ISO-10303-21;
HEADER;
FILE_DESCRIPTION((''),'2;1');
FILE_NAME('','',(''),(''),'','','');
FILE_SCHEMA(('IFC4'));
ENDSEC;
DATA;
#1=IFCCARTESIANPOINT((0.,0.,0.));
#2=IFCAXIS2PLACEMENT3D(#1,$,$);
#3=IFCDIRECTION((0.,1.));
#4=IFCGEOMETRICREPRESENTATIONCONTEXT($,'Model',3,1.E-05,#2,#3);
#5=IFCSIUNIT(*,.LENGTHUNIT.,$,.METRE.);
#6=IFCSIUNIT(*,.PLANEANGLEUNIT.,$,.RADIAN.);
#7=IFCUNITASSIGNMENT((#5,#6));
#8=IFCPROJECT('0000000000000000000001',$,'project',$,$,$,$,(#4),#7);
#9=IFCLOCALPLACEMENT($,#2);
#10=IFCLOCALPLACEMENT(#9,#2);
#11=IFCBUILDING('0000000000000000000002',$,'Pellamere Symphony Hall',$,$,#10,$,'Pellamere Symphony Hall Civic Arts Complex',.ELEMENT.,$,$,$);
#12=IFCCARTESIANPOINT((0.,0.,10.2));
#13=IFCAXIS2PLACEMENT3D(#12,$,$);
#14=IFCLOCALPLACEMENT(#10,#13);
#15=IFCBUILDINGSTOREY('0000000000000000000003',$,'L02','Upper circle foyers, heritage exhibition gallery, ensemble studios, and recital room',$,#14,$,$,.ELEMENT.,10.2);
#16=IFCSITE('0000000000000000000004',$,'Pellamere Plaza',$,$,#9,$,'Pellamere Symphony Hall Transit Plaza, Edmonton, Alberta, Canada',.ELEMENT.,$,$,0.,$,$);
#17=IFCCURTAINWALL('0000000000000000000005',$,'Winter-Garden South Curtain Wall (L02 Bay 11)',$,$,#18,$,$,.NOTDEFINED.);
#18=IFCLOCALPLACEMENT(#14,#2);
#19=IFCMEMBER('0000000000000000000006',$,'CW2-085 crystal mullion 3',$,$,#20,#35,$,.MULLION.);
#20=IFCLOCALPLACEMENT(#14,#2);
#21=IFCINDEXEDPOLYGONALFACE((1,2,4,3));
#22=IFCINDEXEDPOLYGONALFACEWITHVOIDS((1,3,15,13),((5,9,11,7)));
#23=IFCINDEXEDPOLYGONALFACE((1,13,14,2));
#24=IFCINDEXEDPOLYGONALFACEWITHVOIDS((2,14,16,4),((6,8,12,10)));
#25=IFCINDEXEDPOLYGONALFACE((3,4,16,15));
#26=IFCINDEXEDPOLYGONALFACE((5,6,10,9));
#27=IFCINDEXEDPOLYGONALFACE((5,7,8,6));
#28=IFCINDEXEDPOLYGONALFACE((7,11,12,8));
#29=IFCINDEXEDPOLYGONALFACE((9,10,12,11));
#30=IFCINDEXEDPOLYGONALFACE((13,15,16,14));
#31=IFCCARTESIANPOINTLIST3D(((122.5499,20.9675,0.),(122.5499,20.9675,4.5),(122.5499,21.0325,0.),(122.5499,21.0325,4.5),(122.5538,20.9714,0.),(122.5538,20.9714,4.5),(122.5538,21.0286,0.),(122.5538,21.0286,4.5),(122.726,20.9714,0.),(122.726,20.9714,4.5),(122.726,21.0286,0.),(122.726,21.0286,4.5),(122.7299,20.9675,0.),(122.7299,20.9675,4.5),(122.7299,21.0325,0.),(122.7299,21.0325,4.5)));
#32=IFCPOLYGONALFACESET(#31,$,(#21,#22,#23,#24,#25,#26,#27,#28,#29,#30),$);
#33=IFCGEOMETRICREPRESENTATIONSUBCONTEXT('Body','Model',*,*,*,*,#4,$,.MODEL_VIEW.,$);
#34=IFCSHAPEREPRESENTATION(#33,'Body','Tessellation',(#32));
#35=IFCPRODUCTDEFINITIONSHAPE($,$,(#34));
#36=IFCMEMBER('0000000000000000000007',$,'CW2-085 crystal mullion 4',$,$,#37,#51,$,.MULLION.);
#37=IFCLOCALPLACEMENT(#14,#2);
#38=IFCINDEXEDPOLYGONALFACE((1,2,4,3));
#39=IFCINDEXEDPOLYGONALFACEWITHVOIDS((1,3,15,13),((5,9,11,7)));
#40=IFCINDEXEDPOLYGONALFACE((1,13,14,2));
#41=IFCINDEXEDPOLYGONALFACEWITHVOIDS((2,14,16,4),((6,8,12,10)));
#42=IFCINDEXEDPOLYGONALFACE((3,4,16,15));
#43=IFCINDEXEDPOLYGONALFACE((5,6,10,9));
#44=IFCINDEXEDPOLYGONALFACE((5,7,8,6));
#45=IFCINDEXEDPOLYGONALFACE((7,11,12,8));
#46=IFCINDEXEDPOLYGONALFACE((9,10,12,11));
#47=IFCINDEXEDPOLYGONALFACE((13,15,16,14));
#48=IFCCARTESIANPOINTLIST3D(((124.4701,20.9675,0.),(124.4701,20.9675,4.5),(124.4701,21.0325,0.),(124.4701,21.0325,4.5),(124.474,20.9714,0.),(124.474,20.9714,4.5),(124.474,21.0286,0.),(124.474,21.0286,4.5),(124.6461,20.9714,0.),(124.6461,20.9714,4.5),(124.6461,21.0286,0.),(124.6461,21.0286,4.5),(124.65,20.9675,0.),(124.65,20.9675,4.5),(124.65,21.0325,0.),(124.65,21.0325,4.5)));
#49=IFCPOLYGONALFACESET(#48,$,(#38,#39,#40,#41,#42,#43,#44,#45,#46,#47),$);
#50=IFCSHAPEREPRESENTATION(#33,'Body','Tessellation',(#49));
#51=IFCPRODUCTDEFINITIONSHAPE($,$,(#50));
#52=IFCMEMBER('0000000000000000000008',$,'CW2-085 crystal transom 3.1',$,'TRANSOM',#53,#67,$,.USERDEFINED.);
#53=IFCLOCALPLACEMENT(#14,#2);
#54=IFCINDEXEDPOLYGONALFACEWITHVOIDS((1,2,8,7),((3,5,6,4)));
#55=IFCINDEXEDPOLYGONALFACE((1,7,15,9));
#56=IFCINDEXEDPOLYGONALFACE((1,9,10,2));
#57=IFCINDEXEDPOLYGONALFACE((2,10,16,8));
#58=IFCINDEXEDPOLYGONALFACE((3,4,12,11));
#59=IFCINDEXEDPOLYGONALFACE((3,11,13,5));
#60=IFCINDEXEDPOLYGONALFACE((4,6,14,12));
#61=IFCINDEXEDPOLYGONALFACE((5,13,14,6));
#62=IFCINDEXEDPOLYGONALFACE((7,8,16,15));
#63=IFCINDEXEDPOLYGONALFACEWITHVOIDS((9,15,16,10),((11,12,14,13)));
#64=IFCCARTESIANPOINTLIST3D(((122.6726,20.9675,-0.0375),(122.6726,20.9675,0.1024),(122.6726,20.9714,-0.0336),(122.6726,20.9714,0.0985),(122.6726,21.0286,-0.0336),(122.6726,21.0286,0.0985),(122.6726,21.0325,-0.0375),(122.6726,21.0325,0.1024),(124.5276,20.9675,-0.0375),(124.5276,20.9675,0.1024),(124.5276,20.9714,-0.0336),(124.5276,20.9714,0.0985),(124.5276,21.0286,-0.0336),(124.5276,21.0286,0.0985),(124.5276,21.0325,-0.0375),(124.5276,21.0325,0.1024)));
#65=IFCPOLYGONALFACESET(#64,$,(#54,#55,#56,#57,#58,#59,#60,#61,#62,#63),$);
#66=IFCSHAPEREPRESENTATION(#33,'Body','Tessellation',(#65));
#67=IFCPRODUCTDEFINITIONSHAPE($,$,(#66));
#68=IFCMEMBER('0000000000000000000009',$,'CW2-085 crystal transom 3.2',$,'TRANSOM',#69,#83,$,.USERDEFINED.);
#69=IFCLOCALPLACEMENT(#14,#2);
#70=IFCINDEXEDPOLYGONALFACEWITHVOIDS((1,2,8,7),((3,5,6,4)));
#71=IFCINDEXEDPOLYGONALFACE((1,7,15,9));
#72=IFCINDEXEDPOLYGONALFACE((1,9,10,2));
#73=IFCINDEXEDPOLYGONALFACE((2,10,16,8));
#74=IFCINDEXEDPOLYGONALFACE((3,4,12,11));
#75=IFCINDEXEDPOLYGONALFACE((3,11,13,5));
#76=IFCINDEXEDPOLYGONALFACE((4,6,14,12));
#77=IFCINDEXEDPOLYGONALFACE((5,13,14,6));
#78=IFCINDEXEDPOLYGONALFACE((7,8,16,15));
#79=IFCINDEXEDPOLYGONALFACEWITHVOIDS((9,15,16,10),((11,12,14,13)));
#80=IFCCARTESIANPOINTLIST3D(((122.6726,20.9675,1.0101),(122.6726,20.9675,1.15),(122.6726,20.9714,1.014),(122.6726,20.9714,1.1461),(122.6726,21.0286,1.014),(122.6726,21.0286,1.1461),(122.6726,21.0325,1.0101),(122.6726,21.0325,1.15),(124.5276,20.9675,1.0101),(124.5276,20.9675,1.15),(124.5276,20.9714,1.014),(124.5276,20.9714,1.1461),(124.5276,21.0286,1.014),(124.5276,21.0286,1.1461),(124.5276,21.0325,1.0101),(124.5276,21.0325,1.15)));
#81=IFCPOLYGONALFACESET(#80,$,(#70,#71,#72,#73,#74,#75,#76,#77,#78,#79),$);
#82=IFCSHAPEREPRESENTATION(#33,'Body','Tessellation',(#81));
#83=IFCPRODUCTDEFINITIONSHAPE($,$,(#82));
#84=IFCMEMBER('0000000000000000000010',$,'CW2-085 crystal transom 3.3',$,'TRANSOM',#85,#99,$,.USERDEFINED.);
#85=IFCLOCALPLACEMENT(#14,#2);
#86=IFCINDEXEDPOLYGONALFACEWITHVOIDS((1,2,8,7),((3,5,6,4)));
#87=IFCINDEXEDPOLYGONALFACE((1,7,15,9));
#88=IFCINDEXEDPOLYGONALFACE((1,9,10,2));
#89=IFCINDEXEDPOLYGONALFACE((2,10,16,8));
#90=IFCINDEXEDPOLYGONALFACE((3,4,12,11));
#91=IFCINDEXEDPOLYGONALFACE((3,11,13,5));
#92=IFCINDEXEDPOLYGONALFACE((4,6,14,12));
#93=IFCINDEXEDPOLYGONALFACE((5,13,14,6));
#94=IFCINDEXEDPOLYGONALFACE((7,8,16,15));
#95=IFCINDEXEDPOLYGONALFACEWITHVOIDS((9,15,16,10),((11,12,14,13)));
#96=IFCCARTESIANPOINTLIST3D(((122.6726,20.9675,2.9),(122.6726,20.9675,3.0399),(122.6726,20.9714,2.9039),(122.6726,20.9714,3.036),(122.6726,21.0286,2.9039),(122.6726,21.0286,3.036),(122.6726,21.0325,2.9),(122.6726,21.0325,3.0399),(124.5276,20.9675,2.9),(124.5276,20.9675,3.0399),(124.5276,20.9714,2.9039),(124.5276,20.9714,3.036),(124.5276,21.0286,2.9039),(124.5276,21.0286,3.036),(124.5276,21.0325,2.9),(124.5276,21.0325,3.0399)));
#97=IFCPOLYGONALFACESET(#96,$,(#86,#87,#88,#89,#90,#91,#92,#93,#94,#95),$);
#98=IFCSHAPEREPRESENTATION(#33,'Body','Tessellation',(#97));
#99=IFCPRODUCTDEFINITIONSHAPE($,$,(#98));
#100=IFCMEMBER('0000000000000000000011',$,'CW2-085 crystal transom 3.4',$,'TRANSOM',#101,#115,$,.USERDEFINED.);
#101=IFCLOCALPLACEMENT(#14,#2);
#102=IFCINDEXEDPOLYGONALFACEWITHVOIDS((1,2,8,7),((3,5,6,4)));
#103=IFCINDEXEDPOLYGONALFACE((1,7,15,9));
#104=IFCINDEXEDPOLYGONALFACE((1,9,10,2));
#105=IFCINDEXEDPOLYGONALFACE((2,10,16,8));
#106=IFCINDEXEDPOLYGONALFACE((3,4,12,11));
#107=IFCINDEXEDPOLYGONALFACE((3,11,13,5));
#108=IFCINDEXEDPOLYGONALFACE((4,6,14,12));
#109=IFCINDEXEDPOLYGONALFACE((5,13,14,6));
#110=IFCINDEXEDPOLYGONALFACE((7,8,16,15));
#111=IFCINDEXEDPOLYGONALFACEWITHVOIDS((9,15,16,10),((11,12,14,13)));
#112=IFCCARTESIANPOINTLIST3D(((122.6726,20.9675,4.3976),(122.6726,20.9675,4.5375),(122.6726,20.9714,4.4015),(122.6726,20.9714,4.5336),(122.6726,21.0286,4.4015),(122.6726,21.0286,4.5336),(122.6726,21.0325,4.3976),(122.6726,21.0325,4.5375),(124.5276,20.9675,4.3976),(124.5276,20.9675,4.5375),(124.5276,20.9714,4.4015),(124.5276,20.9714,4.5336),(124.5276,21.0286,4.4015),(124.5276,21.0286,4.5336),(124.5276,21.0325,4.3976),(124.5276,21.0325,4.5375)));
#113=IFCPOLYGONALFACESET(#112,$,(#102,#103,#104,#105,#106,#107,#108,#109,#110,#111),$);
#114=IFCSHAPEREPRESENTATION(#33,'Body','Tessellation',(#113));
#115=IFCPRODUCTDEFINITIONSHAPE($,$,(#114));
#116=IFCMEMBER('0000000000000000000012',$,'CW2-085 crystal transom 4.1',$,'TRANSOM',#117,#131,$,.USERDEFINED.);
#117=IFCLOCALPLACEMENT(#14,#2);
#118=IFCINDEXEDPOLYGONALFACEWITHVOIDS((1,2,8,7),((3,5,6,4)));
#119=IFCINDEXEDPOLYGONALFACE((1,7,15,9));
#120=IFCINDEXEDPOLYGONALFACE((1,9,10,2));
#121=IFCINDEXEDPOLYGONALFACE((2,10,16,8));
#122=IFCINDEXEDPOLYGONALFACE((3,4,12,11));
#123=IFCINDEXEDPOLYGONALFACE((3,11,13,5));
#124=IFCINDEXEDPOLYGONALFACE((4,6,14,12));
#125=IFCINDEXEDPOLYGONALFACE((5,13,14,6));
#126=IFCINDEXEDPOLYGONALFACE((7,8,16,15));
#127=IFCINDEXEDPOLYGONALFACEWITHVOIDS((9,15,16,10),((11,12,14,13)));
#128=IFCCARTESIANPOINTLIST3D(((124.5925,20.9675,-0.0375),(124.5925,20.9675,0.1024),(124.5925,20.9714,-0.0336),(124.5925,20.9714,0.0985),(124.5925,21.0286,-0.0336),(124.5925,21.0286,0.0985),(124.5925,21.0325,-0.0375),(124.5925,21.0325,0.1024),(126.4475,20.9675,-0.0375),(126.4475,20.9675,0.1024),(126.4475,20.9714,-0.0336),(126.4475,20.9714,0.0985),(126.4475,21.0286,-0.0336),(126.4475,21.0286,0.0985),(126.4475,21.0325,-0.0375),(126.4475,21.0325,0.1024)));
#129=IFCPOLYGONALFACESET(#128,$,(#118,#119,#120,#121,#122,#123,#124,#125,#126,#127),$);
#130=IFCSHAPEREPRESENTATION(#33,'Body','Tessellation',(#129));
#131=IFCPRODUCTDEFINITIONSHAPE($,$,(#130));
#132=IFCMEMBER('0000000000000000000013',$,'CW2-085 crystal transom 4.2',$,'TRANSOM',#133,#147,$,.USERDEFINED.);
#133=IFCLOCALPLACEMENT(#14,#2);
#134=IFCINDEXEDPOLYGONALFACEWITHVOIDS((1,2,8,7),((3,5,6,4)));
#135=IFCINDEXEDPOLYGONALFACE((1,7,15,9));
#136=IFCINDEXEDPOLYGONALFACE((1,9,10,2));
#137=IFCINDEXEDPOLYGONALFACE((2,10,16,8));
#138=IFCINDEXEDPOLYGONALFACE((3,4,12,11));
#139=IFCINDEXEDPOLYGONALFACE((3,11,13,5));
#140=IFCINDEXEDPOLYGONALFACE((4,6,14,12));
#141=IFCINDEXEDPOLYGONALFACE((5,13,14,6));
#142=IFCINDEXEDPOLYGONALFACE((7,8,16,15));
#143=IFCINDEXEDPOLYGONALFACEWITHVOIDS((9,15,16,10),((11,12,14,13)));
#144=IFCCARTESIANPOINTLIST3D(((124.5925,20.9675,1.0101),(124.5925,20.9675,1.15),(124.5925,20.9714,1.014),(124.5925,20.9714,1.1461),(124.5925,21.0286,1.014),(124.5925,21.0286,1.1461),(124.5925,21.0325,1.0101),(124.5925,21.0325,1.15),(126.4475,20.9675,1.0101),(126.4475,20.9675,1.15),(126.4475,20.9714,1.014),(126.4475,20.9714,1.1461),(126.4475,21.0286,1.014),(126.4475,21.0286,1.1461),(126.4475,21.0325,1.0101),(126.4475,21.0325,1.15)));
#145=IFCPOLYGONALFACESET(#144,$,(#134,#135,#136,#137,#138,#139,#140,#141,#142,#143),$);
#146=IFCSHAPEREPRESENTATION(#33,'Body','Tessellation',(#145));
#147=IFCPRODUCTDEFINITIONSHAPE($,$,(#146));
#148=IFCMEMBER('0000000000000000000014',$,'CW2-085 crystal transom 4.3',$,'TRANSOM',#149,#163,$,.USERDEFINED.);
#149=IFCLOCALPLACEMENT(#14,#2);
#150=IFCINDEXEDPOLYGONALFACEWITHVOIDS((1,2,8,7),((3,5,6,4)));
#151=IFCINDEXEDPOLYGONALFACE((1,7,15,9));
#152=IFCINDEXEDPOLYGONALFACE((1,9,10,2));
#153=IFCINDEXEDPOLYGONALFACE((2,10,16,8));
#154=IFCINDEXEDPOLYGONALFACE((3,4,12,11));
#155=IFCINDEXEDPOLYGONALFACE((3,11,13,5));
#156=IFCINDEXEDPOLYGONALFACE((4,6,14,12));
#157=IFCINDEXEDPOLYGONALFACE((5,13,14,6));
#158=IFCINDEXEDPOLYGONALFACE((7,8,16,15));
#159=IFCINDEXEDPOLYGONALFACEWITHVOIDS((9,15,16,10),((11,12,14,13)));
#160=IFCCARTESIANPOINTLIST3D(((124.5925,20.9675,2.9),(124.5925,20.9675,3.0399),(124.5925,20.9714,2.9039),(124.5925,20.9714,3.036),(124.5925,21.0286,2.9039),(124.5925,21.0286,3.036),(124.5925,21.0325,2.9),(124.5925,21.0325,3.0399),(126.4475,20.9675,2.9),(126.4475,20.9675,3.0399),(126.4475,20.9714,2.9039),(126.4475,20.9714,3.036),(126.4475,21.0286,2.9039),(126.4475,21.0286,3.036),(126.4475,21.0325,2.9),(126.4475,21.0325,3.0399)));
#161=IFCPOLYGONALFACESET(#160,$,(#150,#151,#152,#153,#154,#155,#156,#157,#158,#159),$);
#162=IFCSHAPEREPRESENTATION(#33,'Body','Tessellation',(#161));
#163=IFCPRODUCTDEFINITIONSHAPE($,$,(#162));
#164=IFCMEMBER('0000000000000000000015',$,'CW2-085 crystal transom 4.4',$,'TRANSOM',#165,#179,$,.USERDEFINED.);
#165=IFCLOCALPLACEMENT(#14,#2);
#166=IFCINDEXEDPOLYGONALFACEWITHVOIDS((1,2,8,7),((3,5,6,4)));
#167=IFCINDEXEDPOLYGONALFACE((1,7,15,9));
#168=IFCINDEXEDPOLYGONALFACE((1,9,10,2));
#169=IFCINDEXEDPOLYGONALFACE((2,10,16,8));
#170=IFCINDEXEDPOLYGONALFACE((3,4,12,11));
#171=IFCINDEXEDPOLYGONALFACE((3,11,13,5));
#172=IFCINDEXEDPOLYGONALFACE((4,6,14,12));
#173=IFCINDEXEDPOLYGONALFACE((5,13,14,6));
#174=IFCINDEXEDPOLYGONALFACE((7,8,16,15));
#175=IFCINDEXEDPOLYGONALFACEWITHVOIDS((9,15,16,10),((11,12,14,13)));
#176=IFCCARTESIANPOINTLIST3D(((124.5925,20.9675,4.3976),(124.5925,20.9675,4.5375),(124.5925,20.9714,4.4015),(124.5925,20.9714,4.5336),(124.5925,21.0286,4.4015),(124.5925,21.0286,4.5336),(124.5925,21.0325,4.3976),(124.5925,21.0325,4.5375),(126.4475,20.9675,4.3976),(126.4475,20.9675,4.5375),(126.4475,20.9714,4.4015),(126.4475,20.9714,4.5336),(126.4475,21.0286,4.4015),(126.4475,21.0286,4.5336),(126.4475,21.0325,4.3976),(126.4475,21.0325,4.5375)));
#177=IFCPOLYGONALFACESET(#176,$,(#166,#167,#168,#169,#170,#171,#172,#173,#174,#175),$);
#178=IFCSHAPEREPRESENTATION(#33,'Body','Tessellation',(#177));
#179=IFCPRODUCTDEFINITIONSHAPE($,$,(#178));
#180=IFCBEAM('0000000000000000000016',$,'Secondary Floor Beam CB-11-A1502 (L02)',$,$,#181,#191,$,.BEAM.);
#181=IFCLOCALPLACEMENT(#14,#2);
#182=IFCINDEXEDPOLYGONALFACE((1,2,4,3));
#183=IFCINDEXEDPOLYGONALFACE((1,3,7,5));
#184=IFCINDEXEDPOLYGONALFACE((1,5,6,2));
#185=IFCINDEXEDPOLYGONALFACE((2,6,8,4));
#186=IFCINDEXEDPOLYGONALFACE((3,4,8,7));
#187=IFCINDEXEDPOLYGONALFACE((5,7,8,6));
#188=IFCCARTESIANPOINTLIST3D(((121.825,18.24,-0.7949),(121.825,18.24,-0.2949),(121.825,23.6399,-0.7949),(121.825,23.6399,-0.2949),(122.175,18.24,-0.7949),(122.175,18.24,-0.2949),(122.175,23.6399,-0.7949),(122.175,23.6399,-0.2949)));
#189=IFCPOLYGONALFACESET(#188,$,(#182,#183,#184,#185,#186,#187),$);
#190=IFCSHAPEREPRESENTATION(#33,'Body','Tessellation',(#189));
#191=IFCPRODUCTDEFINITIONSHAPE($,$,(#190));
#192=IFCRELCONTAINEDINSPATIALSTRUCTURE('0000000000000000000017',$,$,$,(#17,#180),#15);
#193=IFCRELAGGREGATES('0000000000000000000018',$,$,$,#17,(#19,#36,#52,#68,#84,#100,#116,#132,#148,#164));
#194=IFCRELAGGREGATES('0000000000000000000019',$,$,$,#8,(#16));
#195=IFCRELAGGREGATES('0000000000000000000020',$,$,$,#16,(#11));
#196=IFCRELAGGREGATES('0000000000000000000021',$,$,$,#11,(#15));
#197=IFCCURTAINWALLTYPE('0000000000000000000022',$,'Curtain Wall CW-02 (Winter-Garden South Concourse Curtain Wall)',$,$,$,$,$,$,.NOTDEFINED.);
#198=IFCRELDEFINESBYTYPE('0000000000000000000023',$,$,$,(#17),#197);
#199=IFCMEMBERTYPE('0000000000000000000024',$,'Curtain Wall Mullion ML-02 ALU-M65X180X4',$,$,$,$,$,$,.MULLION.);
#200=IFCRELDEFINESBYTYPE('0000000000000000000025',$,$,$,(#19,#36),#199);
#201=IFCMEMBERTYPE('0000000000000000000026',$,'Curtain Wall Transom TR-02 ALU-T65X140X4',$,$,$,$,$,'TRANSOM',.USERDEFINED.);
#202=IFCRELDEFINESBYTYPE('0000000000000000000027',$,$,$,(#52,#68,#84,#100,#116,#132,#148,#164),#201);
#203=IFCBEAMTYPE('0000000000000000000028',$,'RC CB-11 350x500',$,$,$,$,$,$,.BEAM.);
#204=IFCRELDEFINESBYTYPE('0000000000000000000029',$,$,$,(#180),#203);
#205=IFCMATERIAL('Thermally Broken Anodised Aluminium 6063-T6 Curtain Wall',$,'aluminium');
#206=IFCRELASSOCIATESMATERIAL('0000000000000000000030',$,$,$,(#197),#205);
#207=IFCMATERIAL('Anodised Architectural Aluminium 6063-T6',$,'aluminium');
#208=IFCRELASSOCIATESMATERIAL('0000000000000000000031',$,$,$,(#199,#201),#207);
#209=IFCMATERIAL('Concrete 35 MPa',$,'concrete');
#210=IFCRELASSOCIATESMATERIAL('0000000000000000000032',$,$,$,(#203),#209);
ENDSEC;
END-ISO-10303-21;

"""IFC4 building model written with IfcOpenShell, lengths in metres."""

from ifc_helpers import new_model, si_unit, direction, frame, origin, origin_2d, place, context, subcontext, project, spatial, rectangle, hollow_rectangle, extrude, material, material_profile, profile_set, type_object, element, aggregate, save


model = new_model("IFC4")

# Units and contexts
model_context = context("Model", 3, precision=1e-05, world=origin(), true_north=direction((0.0, 1.0)))
body_context = subcontext(model_context, "Body", "Model", "MODEL_VIEW")
ifc_project = project(units=[si_unit("LENGTHUNIT", "METRE"), si_unit("PLANEANGLEUNIT", "RADIAN")], contexts=[model_context])

# Site, building, storey
site_placement = place(None, origin())
site = spatial("IfcSite", under=ifc_project, at=site_placement, Name="Pellamere Plaza", LongName="Pellamere Symphony Hall Transit Plaza, Edmonton, Alberta, Canada", CompositionType="ELEMENT", RefElevation=0.0)
building_placement = place(site_placement, origin())
building = spatial("IfcBuilding", under=site, at=building_placement, Name="Pellamere Symphony Hall", LongName="Pellamere Symphony Hall Civic Arts Complex", CompositionType="ELEMENT")
storey_placement = place(building_placement, frame((0.0, 0.0, 10.2)))
storey = spatial("IfcBuildingStorey", under=building, at=storey_placement, Name="L02", Description="Upper circle foyers, heritage exhibition gallery, ensemble studios, and recital room", CompositionType="ELEMENT", Elevation=10.2)

# Curtain wall, members
ifc_material_1 = material(Name="Thermally Broken Anodised Aluminium 6063-T6 Curtain Wall", Category="aluminium")
curtain_wall_type = type_object("IfcCurtainWallType", Name="Curtain Wall CW-02 (Winter-Garden South Concourse Curtain Wall)", PredefinedType="NOTDEFINED", material=ifc_material_1)
curtain_wall_placement = place(storey_placement, origin())
curtain_wall = element("IfcCurtainWall", 1, at=curtain_wall_placement, inside=storey, type_object=curtain_wall_type, Name="Winter-Garden South Curtain Wall (L02 Bay 11)", PredefinedType="NOTDEFINED")
ifc_material_2 = material(Name="Anodised Architectural Aluminium 6063-T6", Category="aluminium")
ifc_material_profile_1 = material_profile(ifc_material_2, hollow_rectangle(XDim=0.0649, YDim=0.1799, WallThickness=0.0039, at=origin_2d()), Name="ALU-M65X180X4")
ifc_profile_set_1 = profile_set([ifc_material_profile_1], Name="Anodised Architectural Aluminium 6063-T6")
member_type_1 = type_object("IfcMemberType", Name="Curtain Wall Mullion ML-02 ALU-M65X180X4", PredefinedType="MULLION", material=ifc_profile_set_1)
member_1_placement = place(storey_placement, frame((122.6399, 21.0, 0.0), z_axis=(0.0, 0.0, 1.0), x_axis=(0.0, 1.0, 0.0)))
member_1 = element("IfcMember", 2, at=member_1_placement, type_object=member_type_1, Name="CW2-085 crystal mullion 3", PredefinedType="MULLION", context=body_context, shape_type="SweptSolid", body=[
    extrude(hollow_rectangle(XDim=0.0649, YDim=0.1799, WallThickness=0.0039, at=origin_2d()), origin(), (0.0, 0.0, 1.0), 4.5),
])
member_2_placement = place(storey_placement, frame((124.5601, 21.0, 0.0), z_axis=(0.0, 0.0, 1.0), x_axis=(0.0, 1.0, 0.0)))
member_2 = element("IfcMember", 3, at=member_2_placement, type_object=member_type_1, Name="CW2-085 crystal mullion 4", PredefinedType="MULLION", context=body_context, shape_type="SweptSolid", body=[
    extrude(hollow_rectangle(XDim=0.0649, YDim=0.1799, WallThickness=0.0039, at=origin_2d()), origin(), (0.0, 0.0, 1.0), 4.5),
])
ifc_material_profile_2 = material_profile(ifc_material_2, hollow_rectangle(XDim=0.0649, YDim=0.1399, WallThickness=0.0039, at=origin_2d()), Name="ALU-T65X140X4")
ifc_profile_set_2 = profile_set([ifc_material_profile_2], Name="Anodised Architectural Aluminium 6063-T6")
member_type_2 = type_object("IfcMemberType", Name="Curtain Wall Transom TR-02 ALU-T65X140X4", ElementType="TRANSOM", PredefinedType="USERDEFINED", material=ifc_profile_set_2)
member_3_placement = place(storey_placement, frame((122.6726, 21.0, 0.0325), z_axis=(1.0, 0.0, 0.0), x_axis=(0.0, 1.0, 0.0)))
member_3 = element("IfcMember", 4, at=member_3_placement, type_object=member_type_2, Name="CW2-085 crystal transom 3.1", ObjectType="TRANSOM", PredefinedType="USERDEFINED", context=body_context, shape_type="SweptSolid", body=[
    extrude(hollow_rectangle(XDim=0.0649, YDim=0.1399, WallThickness=0.0039, at=origin_2d()), origin(), (0.0, 0.0, 1.0), 1.855),
])
member_4_placement = place(storey_placement, frame((122.6726, 21.0, 1.0801), z_axis=(1.0, 0.0, 0.0), x_axis=(0.0, 1.0, 0.0)))
member_4 = element("IfcMember", 5, at=member_4_placement, type_object=member_type_2, Name="CW2-085 crystal transom 3.2", ObjectType="TRANSOM", PredefinedType="USERDEFINED", context=body_context, shape_type="SweptSolid", body=[
    extrude(hollow_rectangle(XDim=0.0649, YDim=0.1399, WallThickness=0.0039, at=origin_2d()), origin(), (0.0, 0.0, 1.0), 1.855),
])
member_5_placement = place(storey_placement, frame((122.6726, 21.0, 2.97), z_axis=(1.0, 0.0, 0.0), x_axis=(0.0, 1.0, 0.0)))
member_5 = element("IfcMember", 6, at=member_5_placement, type_object=member_type_2, Name="CW2-085 crystal transom 3.3", ObjectType="TRANSOM", PredefinedType="USERDEFINED", context=body_context, shape_type="SweptSolid", body=[
    extrude(hollow_rectangle(XDim=0.0649, YDim=0.1399, WallThickness=0.0039, at=origin_2d()), origin(), (0.0, 0.0, 1.0), 1.855),
])
member_6_placement = place(storey_placement, frame((122.6726, 21.0, 4.4675), z_axis=(1.0, 0.0, 0.0), x_axis=(0.0, 1.0, 0.0)))
member_6 = element("IfcMember", 7, at=member_6_placement, type_object=member_type_2, Name="CW2-085 crystal transom 3.4", ObjectType="TRANSOM", PredefinedType="USERDEFINED", context=body_context, shape_type="SweptSolid", body=[
    extrude(hollow_rectangle(XDim=0.0649, YDim=0.1399, WallThickness=0.0039, at=origin_2d()), origin(), (0.0, 0.0, 1.0), 1.855),
])
member_7_placement = place(storey_placement, frame((124.5925, 21.0, 0.0325), z_axis=(1.0, 0.0, 0.0), x_axis=(0.0, 1.0, 0.0)))
member_7 = element("IfcMember", 8, at=member_7_placement, type_object=member_type_2, Name="CW2-085 crystal transom 4.1", ObjectType="TRANSOM", PredefinedType="USERDEFINED", context=body_context, shape_type="SweptSolid", body=[
    extrude(hollow_rectangle(XDim=0.0649, YDim=0.1399, WallThickness=0.0039, at=origin_2d()), origin(), (0.0, 0.0, 1.0), 1.855),
])
member_8_placement = place(storey_placement, frame((124.5925, 21.0, 1.0801), z_axis=(1.0, 0.0, 0.0), x_axis=(0.0, 1.0, 0.0)))
member_8 = element("IfcMember", 9, at=member_8_placement, type_object=member_type_2, Name="CW2-085 crystal transom 4.2", ObjectType="TRANSOM", PredefinedType="USERDEFINED", context=body_context, shape_type="SweptSolid", body=[
    extrude(hollow_rectangle(XDim=0.0649, YDim=0.1399, WallThickness=0.0039, at=origin_2d()), origin(), (0.0, 0.0, 1.0), 1.855),
])
member_9_placement = place(storey_placement, frame((124.5925, 21.0, 2.97), z_axis=(1.0, 0.0, 0.0), x_axis=(0.0, 1.0, 0.0)))
member_9 = element("IfcMember", 10, at=member_9_placement, type_object=member_type_2, Name="CW2-085 crystal transom 4.3", ObjectType="TRANSOM", PredefinedType="USERDEFINED", context=body_context, shape_type="SweptSolid", body=[
    extrude(hollow_rectangle(XDim=0.0649, YDim=0.1399, WallThickness=0.0039, at=origin_2d()), origin(), (0.0, 0.0, 1.0), 1.855),
])
member_10_placement = place(storey_placement, frame((124.5925, 21.0, 4.4675), z_axis=(1.0, 0.0, 0.0), x_axis=(0.0, 1.0, 0.0)))
member_10 = element("IfcMember", 11, at=member_10_placement, type_object=member_type_2, Name="CW2-085 crystal transom 4.4", ObjectType="TRANSOM", PredefinedType="USERDEFINED", context=body_context, shape_type="SweptSolid", body=[
    extrude(hollow_rectangle(XDim=0.0649, YDim=0.1399, WallThickness=0.0039, at=origin_2d()), origin(), (0.0, 0.0, 1.0), 1.855),
])

# Beam
ifc_material_3 = material(Name="Concrete 35 MPa", Category="concrete")
ifc_material_profile_3 = material_profile(ifc_material_3, rectangle(XDim=0.3501, YDim=0.5, at=origin_2d()), Name="RC 350x500")
ifc_profile_set_3 = profile_set([ifc_material_profile_3], Name="Concrete 35 MPa")
beam_type = type_object("IfcBeamType", Name="RC CB-11 350x500", PredefinedType="BEAM", material=ifc_profile_set_3)
for number, where, z_axis, x_axis, name in (
    (12, (122.0, 18.24, -0.5449), (0.0, 1.0, 0.0), (-1.0, 0.0, 0.0), "Secondary Floor Beam CB-11-A1502 (L02)"),
):
    element("IfcBeam", number, at=place(storey_placement, frame(where, z_axis=z_axis, x_axis=x_axis)), inside=storey, type_object=beam_type, Name=name, PredefinedType="BEAM", context=body_context, shape_type="SweptSolid", body=[
        extrude(rectangle(XDim=0.3501, YDim=0.5, at=origin_2d()), origin(), (0.0, 0.0, 1.0), 5.3999),
    ])

aggregate(curtain_wall, [member_1, member_2, member_3, member_4, member_5, member_6, member_7, member_8, member_9, member_10])

save(model, "model.ifc")
